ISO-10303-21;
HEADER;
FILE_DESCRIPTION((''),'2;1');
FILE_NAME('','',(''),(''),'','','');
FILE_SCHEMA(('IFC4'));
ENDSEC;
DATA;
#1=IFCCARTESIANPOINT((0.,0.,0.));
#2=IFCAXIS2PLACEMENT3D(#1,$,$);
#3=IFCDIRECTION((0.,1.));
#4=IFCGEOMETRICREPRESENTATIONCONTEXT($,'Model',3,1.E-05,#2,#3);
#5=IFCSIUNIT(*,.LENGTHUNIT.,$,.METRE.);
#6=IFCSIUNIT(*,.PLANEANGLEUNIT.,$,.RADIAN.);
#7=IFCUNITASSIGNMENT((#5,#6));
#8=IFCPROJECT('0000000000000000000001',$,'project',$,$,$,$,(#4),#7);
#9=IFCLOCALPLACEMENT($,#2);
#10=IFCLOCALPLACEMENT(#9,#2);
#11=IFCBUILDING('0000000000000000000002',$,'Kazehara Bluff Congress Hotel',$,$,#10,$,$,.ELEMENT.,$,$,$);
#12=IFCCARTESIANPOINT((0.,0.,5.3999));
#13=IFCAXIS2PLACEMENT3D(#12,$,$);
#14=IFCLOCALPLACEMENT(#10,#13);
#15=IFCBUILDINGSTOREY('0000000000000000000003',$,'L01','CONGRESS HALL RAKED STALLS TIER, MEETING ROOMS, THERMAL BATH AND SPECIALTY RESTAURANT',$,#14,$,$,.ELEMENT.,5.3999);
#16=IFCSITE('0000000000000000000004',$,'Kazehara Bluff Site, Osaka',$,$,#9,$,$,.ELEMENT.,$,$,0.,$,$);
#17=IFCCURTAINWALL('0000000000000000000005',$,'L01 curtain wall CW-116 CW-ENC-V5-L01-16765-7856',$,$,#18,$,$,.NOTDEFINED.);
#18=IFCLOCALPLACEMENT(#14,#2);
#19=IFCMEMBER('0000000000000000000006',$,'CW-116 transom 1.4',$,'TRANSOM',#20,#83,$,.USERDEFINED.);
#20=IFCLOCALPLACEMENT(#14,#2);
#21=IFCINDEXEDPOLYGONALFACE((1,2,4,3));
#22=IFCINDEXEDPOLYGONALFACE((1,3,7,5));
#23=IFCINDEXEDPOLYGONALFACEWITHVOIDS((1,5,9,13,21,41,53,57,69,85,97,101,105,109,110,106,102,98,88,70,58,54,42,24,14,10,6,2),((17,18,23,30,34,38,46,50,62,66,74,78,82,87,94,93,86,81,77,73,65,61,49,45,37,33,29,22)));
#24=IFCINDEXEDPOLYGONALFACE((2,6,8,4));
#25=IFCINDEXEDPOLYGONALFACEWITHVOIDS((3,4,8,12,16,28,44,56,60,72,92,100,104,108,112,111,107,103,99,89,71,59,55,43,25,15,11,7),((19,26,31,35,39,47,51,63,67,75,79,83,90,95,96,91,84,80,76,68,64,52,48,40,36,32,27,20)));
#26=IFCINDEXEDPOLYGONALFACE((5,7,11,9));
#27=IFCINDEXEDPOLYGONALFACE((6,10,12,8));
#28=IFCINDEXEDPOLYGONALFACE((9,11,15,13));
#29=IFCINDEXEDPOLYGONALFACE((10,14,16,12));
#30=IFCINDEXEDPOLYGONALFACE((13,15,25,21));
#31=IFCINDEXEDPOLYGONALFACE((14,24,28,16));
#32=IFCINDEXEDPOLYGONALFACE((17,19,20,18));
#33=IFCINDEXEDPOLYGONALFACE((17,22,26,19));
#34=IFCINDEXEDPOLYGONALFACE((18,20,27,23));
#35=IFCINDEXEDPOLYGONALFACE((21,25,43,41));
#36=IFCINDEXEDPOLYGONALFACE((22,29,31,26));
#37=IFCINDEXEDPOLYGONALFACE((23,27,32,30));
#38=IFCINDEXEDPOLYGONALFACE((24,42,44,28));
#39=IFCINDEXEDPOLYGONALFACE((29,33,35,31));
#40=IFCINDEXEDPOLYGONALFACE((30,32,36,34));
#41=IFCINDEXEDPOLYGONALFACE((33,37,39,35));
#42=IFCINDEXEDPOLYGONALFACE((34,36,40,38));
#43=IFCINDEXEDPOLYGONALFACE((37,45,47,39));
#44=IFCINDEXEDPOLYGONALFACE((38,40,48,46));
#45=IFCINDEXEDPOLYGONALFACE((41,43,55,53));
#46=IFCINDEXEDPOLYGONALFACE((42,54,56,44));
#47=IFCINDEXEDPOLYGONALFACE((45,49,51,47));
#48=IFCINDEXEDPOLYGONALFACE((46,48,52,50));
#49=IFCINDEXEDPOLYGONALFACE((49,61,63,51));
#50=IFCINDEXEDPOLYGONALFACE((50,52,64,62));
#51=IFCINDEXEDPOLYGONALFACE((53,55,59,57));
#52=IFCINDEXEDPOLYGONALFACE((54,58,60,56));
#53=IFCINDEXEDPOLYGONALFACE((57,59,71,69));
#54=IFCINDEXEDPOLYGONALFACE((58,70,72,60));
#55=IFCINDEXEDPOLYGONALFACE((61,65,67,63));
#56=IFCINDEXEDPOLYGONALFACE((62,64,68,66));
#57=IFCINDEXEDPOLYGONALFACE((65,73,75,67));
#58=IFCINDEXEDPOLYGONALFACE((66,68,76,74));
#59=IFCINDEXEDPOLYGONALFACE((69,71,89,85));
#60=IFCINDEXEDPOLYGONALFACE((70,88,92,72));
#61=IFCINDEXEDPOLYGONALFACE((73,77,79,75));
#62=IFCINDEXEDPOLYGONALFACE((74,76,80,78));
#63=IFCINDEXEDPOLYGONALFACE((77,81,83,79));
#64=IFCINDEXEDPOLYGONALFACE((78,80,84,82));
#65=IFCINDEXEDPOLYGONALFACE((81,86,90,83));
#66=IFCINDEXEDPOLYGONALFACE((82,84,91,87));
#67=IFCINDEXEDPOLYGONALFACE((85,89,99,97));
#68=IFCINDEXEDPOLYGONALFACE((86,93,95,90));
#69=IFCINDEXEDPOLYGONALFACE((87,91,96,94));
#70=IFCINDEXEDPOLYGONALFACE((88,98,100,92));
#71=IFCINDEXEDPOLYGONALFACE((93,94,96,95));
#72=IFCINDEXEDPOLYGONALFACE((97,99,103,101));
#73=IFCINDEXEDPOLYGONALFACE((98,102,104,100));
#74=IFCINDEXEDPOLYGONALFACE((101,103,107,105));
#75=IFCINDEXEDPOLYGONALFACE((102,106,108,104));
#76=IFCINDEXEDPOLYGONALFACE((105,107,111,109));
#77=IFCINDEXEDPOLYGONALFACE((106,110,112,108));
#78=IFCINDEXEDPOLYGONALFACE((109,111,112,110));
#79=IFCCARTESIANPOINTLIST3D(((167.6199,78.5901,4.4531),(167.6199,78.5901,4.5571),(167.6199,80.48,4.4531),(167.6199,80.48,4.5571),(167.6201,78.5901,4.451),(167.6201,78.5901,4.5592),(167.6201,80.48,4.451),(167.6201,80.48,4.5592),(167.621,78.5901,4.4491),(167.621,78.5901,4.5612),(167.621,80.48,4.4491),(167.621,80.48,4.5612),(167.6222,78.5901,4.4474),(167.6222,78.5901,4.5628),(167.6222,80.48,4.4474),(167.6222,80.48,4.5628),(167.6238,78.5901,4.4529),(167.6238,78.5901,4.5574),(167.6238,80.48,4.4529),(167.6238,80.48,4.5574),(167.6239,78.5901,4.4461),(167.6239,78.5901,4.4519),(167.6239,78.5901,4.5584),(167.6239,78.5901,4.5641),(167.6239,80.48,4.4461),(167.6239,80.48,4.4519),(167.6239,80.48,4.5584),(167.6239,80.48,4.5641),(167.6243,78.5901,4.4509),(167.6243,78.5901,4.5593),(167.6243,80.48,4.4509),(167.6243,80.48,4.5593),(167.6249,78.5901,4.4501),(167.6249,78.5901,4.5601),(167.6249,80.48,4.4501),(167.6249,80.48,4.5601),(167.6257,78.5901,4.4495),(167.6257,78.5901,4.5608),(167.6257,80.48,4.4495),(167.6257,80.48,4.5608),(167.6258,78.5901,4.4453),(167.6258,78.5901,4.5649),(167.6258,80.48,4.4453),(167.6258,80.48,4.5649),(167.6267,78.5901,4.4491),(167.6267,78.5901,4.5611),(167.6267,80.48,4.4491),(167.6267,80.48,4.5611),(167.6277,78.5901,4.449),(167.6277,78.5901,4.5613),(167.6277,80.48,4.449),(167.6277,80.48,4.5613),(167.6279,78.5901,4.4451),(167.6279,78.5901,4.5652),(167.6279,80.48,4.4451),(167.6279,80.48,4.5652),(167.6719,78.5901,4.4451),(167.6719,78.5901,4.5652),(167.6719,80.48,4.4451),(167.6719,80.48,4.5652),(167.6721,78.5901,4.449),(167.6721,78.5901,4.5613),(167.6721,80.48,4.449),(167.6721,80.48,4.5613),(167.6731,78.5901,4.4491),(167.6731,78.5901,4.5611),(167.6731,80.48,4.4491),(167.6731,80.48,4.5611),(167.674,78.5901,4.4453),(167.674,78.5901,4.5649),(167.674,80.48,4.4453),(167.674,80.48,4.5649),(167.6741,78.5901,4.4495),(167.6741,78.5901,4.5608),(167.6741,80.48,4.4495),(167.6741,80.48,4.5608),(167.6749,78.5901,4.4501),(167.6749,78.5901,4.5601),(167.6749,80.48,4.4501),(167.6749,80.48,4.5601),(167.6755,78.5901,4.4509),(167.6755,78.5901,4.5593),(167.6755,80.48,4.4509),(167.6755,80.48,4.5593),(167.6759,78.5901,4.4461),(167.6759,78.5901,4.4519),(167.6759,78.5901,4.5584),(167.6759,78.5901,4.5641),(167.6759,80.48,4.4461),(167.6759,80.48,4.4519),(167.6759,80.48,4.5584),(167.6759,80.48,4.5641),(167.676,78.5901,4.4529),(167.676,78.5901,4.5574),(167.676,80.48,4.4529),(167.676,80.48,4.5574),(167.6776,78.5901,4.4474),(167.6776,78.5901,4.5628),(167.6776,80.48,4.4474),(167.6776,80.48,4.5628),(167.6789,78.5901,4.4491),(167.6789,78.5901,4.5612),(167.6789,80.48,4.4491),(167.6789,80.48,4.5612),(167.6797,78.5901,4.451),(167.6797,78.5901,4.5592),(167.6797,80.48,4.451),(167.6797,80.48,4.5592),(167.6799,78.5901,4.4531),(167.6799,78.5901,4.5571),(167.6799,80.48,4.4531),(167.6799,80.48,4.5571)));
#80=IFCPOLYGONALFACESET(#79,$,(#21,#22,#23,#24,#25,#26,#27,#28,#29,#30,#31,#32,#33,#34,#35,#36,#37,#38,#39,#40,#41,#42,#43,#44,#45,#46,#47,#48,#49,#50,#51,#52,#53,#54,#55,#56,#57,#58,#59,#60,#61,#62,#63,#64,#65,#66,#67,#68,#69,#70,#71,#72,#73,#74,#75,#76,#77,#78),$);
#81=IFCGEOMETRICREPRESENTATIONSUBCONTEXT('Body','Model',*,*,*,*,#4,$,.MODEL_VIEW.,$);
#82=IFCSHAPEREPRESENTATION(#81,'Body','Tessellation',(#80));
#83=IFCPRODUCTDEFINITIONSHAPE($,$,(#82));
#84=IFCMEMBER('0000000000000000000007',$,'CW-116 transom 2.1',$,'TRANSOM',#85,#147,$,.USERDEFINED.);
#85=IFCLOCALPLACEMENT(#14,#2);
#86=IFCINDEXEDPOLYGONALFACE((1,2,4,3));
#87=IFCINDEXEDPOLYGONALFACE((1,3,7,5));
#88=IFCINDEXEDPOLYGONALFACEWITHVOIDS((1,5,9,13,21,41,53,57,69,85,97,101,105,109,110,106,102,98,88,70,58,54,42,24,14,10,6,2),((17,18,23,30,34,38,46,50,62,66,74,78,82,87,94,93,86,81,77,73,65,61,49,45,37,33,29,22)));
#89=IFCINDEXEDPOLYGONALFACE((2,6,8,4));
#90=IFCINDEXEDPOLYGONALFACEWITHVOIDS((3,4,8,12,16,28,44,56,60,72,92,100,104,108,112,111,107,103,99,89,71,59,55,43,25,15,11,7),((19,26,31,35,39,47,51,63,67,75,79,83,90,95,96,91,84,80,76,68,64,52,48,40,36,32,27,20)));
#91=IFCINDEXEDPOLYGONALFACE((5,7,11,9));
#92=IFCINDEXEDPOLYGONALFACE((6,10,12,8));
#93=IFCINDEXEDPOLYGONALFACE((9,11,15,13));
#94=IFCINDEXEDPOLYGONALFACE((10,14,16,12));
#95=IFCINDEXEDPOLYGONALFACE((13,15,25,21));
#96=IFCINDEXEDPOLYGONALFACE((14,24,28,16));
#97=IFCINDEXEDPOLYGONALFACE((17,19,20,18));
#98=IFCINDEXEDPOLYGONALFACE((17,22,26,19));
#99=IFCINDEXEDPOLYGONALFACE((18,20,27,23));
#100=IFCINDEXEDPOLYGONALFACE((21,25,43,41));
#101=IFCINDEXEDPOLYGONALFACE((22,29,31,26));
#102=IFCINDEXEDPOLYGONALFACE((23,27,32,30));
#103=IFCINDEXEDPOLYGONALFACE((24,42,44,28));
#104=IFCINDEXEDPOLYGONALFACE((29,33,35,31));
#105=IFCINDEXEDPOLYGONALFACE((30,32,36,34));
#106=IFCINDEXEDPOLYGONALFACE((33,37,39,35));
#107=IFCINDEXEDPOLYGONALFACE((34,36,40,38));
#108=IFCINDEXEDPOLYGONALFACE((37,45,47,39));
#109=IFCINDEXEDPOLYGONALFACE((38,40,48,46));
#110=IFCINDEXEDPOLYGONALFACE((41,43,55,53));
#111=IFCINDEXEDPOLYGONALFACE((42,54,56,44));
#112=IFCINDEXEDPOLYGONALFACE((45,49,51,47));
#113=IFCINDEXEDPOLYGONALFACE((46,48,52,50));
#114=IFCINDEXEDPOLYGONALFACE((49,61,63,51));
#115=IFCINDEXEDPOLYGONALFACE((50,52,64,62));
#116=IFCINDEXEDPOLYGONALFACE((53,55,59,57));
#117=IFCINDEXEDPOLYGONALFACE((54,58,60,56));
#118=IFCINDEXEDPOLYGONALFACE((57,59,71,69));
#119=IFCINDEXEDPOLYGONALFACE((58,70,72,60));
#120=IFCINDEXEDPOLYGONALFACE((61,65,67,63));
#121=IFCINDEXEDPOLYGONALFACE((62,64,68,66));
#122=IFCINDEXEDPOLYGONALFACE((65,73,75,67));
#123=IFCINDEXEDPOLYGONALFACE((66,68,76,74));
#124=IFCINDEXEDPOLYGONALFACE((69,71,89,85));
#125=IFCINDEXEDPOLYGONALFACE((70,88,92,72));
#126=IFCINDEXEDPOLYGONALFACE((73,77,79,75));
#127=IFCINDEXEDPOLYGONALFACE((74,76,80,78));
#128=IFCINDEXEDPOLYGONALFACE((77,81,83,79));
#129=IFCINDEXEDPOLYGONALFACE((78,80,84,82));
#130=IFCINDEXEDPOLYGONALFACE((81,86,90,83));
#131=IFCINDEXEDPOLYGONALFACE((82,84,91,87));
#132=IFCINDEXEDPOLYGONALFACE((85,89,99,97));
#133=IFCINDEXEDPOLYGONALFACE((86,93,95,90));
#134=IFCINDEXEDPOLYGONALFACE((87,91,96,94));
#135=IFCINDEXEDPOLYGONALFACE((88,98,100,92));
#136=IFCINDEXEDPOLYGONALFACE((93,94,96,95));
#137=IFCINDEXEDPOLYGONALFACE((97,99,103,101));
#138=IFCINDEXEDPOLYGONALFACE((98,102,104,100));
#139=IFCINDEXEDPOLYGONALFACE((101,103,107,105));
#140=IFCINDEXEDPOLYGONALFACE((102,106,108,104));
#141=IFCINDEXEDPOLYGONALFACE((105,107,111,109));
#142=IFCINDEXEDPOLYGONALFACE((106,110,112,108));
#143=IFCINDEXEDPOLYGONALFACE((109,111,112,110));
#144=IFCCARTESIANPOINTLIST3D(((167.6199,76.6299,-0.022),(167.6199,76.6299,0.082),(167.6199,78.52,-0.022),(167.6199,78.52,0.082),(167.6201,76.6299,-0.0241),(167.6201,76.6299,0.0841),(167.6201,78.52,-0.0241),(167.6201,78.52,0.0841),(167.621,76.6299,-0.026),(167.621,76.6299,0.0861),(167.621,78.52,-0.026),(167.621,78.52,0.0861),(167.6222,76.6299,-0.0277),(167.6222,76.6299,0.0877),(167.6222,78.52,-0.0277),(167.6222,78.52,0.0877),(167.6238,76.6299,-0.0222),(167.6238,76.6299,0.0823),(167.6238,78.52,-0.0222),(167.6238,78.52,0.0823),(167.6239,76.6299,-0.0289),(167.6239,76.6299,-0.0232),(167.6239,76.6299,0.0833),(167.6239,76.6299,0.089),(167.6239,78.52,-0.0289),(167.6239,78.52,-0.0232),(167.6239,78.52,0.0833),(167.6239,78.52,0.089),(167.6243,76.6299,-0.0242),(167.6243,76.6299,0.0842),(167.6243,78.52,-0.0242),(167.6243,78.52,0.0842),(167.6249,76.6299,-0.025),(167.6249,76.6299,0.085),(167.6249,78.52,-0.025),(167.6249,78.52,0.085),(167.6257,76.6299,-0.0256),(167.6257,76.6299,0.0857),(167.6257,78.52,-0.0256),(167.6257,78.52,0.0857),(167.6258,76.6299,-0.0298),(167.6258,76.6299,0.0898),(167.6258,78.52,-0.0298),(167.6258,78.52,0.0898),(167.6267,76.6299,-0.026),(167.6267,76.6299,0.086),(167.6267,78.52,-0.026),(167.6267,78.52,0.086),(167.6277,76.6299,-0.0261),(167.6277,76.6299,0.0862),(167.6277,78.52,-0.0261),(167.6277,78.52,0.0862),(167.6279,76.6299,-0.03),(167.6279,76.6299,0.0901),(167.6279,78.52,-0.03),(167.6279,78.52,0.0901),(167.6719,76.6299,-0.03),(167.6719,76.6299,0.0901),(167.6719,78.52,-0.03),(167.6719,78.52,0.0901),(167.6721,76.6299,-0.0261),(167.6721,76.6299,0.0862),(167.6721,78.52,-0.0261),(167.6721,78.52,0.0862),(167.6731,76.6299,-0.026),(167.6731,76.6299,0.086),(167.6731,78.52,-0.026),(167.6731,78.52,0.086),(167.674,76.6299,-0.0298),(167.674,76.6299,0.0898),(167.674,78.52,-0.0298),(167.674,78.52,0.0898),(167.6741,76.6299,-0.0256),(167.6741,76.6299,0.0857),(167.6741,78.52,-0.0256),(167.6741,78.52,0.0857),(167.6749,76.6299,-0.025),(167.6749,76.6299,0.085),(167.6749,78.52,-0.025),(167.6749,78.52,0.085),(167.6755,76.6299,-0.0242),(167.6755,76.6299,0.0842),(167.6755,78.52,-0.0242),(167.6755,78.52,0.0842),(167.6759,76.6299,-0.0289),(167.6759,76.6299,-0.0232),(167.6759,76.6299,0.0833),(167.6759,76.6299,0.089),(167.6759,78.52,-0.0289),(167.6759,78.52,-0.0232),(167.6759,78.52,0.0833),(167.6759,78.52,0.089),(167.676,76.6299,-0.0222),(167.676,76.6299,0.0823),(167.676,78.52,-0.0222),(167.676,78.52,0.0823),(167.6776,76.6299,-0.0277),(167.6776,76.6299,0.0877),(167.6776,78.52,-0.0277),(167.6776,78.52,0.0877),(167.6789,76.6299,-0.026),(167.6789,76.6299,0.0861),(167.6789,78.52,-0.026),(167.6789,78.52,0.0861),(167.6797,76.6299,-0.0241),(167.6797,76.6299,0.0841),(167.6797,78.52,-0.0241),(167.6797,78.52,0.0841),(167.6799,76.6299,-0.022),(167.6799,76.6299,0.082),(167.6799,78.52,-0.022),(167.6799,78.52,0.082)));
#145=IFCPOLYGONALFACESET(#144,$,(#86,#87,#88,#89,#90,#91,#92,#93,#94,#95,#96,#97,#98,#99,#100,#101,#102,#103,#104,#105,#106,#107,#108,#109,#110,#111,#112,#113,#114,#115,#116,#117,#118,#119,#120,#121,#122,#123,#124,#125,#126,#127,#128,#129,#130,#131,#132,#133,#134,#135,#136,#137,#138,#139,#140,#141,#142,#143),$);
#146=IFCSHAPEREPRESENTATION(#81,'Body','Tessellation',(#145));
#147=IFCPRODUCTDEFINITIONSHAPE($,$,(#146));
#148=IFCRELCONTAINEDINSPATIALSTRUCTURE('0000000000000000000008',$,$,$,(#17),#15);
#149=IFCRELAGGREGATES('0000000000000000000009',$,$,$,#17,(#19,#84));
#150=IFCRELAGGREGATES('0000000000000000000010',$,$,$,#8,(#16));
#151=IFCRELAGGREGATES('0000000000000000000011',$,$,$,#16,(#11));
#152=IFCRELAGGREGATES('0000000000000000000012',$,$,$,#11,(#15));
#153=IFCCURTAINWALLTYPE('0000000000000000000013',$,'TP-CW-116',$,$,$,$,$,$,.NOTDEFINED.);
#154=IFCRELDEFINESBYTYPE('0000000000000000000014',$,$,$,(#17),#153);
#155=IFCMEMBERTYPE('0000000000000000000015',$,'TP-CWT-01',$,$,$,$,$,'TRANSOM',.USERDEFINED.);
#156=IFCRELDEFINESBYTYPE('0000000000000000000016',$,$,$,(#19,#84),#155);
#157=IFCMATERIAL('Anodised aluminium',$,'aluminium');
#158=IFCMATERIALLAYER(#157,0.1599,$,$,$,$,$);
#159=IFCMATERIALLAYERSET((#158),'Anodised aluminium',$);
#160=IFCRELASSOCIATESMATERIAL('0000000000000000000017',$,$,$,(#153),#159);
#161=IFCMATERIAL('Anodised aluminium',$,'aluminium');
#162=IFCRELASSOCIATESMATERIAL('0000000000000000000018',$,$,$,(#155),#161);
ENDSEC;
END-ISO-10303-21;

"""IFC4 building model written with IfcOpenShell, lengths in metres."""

from ifc_helpers import new_model, si_unit, direction, frame, origin, origin_2d, place, context, subcontext, project, spatial, hollow_rectangle, extrude, material, layer, layer_set, material_profile, profile_set, type_object, element, aggregate, save


model = new_model("IFC4")

# Units and contexts
model_context = context("Model", 3, precision=1e-05, world=origin(), true_north=direction((0.0, 1.0)))
body_context = subcontext(model_context, "Body", "Model", "MODEL_VIEW")
ifc_project = project(units=[si_unit("LENGTHUNIT", "METRE"), si_unit("PLANEANGLEUNIT", "RADIAN")], contexts=[model_context])

# Site, building, storey
site_placement = place(None, origin())
site = spatial("IfcSite", under=ifc_project, at=site_placement, Name="Kazehara Bluff Site, Osaka", CompositionType="ELEMENT", RefElevation=0.0)
building_placement = place(site_placement, origin())
building = spatial("IfcBuilding", under=site, at=building_placement, Name="Kazehara Bluff Congress Hotel", CompositionType="ELEMENT")
storey_placement = place(building_placement, frame((0.0, 0.0, 5.3999)))
storey = spatial("IfcBuildingStorey", under=building, at=storey_placement, Name="L01", Description="CONGRESS HALL RAKED STALLS TIER, MEETING ROOMS, THERMAL BATH AND SPECIALTY RESTAURANT", CompositionType="ELEMENT", Elevation=5.3999)

# Curtain wall, members
ifc_material_1 = material(Name="Anodised aluminium", Category="aluminium")
ifc_layer_1 = layer(ifc_material_1, 0.1599)
ifc_layer_set_1 = layer_set([ifc_layer_1], Name="Anodised aluminium")
curtain_wall_type_1 = type_object("IfcCurtainWallType", Name="TP-CW-116", PredefinedType="NOTDEFINED", material=ifc_layer_set_1)
curtain_wall_1_placement = place(storey_placement, origin())
curtain_wall_1 = element("IfcCurtainWall", 1, at=curtain_wall_1_placement, inside=storey, type_object=curtain_wall_type_1, Name="L01 curtain wall CW-116 CW-ENC-V5-L01-16765-7856", PredefinedType="NOTDEFINED")
ifc_material_2 = material(Name="Anodised aluminium", Category="aluminium")
ifc_material_profile_1 = material_profile(ifc_material_2, hollow_rectangle(XDim=0.0601, YDim=0.1201, WallThickness=0.0039, InnerFilletRadius=0.0039, OuterFilletRadius=0.0081, at=origin_2d()))
ifc_profile_set_1 = profile_set([ifc_material_profile_1], Name="Anodised aluminium")
member_type_1 = type_object("IfcMemberType", Name="TP-CWT-01", ElementType="TRANSOM", PredefinedType="USERDEFINED", material=ifc_profile_set_1)
member_1_placement = place(storey_placement, frame((167.6499, 80.48, 4.5051), z_axis=(0.0, -1.0, 0.0), x_axis=(1.0, 0.0, 0.0)))
member_1 = element("IfcMember", 2, at=member_1_placement, type_object=member_type_1, Name="CW-116 transom 1.4", ObjectType="TRANSOM", PredefinedType="USERDEFINED", context=body_context, shape_type="SweptSolid", body=[
    extrude(hollow_rectangle(XDim=0.0601, YDim=0.1201, WallThickness=0.0039, InnerFilletRadius=0.0039, OuterFilletRadius=0.0081, at=origin_2d()), origin(), (0.0, 0.0, 1.0), 1.8899),
])
member_2_placement = place(storey_placement, frame((167.6499, 78.52, 0.03), z_axis=(0.0, -1.0, 0.0), x_axis=(1.0, 0.0, 0.0)))
member_2 = element("IfcMember", 3, at=member_2_placement, type_object=member_type_1, Name="CW-116 transom 2.1", ObjectType="TRANSOM", PredefinedType="USERDEFINED", context=body_context, shape_type="SweptSolid", body=[
    extrude(hollow_rectangle(XDim=0.0601, YDim=0.1201, WallThickness=0.0039, InnerFilletRadius=0.0039, OuterFilletRadius=0.0081, at=origin_2d()), origin(), (0.0, 0.0, 1.0), 1.8901),
])

aggregate(curtain_wall_1, [member_1, member_2])

save(model, "model.ifc")
